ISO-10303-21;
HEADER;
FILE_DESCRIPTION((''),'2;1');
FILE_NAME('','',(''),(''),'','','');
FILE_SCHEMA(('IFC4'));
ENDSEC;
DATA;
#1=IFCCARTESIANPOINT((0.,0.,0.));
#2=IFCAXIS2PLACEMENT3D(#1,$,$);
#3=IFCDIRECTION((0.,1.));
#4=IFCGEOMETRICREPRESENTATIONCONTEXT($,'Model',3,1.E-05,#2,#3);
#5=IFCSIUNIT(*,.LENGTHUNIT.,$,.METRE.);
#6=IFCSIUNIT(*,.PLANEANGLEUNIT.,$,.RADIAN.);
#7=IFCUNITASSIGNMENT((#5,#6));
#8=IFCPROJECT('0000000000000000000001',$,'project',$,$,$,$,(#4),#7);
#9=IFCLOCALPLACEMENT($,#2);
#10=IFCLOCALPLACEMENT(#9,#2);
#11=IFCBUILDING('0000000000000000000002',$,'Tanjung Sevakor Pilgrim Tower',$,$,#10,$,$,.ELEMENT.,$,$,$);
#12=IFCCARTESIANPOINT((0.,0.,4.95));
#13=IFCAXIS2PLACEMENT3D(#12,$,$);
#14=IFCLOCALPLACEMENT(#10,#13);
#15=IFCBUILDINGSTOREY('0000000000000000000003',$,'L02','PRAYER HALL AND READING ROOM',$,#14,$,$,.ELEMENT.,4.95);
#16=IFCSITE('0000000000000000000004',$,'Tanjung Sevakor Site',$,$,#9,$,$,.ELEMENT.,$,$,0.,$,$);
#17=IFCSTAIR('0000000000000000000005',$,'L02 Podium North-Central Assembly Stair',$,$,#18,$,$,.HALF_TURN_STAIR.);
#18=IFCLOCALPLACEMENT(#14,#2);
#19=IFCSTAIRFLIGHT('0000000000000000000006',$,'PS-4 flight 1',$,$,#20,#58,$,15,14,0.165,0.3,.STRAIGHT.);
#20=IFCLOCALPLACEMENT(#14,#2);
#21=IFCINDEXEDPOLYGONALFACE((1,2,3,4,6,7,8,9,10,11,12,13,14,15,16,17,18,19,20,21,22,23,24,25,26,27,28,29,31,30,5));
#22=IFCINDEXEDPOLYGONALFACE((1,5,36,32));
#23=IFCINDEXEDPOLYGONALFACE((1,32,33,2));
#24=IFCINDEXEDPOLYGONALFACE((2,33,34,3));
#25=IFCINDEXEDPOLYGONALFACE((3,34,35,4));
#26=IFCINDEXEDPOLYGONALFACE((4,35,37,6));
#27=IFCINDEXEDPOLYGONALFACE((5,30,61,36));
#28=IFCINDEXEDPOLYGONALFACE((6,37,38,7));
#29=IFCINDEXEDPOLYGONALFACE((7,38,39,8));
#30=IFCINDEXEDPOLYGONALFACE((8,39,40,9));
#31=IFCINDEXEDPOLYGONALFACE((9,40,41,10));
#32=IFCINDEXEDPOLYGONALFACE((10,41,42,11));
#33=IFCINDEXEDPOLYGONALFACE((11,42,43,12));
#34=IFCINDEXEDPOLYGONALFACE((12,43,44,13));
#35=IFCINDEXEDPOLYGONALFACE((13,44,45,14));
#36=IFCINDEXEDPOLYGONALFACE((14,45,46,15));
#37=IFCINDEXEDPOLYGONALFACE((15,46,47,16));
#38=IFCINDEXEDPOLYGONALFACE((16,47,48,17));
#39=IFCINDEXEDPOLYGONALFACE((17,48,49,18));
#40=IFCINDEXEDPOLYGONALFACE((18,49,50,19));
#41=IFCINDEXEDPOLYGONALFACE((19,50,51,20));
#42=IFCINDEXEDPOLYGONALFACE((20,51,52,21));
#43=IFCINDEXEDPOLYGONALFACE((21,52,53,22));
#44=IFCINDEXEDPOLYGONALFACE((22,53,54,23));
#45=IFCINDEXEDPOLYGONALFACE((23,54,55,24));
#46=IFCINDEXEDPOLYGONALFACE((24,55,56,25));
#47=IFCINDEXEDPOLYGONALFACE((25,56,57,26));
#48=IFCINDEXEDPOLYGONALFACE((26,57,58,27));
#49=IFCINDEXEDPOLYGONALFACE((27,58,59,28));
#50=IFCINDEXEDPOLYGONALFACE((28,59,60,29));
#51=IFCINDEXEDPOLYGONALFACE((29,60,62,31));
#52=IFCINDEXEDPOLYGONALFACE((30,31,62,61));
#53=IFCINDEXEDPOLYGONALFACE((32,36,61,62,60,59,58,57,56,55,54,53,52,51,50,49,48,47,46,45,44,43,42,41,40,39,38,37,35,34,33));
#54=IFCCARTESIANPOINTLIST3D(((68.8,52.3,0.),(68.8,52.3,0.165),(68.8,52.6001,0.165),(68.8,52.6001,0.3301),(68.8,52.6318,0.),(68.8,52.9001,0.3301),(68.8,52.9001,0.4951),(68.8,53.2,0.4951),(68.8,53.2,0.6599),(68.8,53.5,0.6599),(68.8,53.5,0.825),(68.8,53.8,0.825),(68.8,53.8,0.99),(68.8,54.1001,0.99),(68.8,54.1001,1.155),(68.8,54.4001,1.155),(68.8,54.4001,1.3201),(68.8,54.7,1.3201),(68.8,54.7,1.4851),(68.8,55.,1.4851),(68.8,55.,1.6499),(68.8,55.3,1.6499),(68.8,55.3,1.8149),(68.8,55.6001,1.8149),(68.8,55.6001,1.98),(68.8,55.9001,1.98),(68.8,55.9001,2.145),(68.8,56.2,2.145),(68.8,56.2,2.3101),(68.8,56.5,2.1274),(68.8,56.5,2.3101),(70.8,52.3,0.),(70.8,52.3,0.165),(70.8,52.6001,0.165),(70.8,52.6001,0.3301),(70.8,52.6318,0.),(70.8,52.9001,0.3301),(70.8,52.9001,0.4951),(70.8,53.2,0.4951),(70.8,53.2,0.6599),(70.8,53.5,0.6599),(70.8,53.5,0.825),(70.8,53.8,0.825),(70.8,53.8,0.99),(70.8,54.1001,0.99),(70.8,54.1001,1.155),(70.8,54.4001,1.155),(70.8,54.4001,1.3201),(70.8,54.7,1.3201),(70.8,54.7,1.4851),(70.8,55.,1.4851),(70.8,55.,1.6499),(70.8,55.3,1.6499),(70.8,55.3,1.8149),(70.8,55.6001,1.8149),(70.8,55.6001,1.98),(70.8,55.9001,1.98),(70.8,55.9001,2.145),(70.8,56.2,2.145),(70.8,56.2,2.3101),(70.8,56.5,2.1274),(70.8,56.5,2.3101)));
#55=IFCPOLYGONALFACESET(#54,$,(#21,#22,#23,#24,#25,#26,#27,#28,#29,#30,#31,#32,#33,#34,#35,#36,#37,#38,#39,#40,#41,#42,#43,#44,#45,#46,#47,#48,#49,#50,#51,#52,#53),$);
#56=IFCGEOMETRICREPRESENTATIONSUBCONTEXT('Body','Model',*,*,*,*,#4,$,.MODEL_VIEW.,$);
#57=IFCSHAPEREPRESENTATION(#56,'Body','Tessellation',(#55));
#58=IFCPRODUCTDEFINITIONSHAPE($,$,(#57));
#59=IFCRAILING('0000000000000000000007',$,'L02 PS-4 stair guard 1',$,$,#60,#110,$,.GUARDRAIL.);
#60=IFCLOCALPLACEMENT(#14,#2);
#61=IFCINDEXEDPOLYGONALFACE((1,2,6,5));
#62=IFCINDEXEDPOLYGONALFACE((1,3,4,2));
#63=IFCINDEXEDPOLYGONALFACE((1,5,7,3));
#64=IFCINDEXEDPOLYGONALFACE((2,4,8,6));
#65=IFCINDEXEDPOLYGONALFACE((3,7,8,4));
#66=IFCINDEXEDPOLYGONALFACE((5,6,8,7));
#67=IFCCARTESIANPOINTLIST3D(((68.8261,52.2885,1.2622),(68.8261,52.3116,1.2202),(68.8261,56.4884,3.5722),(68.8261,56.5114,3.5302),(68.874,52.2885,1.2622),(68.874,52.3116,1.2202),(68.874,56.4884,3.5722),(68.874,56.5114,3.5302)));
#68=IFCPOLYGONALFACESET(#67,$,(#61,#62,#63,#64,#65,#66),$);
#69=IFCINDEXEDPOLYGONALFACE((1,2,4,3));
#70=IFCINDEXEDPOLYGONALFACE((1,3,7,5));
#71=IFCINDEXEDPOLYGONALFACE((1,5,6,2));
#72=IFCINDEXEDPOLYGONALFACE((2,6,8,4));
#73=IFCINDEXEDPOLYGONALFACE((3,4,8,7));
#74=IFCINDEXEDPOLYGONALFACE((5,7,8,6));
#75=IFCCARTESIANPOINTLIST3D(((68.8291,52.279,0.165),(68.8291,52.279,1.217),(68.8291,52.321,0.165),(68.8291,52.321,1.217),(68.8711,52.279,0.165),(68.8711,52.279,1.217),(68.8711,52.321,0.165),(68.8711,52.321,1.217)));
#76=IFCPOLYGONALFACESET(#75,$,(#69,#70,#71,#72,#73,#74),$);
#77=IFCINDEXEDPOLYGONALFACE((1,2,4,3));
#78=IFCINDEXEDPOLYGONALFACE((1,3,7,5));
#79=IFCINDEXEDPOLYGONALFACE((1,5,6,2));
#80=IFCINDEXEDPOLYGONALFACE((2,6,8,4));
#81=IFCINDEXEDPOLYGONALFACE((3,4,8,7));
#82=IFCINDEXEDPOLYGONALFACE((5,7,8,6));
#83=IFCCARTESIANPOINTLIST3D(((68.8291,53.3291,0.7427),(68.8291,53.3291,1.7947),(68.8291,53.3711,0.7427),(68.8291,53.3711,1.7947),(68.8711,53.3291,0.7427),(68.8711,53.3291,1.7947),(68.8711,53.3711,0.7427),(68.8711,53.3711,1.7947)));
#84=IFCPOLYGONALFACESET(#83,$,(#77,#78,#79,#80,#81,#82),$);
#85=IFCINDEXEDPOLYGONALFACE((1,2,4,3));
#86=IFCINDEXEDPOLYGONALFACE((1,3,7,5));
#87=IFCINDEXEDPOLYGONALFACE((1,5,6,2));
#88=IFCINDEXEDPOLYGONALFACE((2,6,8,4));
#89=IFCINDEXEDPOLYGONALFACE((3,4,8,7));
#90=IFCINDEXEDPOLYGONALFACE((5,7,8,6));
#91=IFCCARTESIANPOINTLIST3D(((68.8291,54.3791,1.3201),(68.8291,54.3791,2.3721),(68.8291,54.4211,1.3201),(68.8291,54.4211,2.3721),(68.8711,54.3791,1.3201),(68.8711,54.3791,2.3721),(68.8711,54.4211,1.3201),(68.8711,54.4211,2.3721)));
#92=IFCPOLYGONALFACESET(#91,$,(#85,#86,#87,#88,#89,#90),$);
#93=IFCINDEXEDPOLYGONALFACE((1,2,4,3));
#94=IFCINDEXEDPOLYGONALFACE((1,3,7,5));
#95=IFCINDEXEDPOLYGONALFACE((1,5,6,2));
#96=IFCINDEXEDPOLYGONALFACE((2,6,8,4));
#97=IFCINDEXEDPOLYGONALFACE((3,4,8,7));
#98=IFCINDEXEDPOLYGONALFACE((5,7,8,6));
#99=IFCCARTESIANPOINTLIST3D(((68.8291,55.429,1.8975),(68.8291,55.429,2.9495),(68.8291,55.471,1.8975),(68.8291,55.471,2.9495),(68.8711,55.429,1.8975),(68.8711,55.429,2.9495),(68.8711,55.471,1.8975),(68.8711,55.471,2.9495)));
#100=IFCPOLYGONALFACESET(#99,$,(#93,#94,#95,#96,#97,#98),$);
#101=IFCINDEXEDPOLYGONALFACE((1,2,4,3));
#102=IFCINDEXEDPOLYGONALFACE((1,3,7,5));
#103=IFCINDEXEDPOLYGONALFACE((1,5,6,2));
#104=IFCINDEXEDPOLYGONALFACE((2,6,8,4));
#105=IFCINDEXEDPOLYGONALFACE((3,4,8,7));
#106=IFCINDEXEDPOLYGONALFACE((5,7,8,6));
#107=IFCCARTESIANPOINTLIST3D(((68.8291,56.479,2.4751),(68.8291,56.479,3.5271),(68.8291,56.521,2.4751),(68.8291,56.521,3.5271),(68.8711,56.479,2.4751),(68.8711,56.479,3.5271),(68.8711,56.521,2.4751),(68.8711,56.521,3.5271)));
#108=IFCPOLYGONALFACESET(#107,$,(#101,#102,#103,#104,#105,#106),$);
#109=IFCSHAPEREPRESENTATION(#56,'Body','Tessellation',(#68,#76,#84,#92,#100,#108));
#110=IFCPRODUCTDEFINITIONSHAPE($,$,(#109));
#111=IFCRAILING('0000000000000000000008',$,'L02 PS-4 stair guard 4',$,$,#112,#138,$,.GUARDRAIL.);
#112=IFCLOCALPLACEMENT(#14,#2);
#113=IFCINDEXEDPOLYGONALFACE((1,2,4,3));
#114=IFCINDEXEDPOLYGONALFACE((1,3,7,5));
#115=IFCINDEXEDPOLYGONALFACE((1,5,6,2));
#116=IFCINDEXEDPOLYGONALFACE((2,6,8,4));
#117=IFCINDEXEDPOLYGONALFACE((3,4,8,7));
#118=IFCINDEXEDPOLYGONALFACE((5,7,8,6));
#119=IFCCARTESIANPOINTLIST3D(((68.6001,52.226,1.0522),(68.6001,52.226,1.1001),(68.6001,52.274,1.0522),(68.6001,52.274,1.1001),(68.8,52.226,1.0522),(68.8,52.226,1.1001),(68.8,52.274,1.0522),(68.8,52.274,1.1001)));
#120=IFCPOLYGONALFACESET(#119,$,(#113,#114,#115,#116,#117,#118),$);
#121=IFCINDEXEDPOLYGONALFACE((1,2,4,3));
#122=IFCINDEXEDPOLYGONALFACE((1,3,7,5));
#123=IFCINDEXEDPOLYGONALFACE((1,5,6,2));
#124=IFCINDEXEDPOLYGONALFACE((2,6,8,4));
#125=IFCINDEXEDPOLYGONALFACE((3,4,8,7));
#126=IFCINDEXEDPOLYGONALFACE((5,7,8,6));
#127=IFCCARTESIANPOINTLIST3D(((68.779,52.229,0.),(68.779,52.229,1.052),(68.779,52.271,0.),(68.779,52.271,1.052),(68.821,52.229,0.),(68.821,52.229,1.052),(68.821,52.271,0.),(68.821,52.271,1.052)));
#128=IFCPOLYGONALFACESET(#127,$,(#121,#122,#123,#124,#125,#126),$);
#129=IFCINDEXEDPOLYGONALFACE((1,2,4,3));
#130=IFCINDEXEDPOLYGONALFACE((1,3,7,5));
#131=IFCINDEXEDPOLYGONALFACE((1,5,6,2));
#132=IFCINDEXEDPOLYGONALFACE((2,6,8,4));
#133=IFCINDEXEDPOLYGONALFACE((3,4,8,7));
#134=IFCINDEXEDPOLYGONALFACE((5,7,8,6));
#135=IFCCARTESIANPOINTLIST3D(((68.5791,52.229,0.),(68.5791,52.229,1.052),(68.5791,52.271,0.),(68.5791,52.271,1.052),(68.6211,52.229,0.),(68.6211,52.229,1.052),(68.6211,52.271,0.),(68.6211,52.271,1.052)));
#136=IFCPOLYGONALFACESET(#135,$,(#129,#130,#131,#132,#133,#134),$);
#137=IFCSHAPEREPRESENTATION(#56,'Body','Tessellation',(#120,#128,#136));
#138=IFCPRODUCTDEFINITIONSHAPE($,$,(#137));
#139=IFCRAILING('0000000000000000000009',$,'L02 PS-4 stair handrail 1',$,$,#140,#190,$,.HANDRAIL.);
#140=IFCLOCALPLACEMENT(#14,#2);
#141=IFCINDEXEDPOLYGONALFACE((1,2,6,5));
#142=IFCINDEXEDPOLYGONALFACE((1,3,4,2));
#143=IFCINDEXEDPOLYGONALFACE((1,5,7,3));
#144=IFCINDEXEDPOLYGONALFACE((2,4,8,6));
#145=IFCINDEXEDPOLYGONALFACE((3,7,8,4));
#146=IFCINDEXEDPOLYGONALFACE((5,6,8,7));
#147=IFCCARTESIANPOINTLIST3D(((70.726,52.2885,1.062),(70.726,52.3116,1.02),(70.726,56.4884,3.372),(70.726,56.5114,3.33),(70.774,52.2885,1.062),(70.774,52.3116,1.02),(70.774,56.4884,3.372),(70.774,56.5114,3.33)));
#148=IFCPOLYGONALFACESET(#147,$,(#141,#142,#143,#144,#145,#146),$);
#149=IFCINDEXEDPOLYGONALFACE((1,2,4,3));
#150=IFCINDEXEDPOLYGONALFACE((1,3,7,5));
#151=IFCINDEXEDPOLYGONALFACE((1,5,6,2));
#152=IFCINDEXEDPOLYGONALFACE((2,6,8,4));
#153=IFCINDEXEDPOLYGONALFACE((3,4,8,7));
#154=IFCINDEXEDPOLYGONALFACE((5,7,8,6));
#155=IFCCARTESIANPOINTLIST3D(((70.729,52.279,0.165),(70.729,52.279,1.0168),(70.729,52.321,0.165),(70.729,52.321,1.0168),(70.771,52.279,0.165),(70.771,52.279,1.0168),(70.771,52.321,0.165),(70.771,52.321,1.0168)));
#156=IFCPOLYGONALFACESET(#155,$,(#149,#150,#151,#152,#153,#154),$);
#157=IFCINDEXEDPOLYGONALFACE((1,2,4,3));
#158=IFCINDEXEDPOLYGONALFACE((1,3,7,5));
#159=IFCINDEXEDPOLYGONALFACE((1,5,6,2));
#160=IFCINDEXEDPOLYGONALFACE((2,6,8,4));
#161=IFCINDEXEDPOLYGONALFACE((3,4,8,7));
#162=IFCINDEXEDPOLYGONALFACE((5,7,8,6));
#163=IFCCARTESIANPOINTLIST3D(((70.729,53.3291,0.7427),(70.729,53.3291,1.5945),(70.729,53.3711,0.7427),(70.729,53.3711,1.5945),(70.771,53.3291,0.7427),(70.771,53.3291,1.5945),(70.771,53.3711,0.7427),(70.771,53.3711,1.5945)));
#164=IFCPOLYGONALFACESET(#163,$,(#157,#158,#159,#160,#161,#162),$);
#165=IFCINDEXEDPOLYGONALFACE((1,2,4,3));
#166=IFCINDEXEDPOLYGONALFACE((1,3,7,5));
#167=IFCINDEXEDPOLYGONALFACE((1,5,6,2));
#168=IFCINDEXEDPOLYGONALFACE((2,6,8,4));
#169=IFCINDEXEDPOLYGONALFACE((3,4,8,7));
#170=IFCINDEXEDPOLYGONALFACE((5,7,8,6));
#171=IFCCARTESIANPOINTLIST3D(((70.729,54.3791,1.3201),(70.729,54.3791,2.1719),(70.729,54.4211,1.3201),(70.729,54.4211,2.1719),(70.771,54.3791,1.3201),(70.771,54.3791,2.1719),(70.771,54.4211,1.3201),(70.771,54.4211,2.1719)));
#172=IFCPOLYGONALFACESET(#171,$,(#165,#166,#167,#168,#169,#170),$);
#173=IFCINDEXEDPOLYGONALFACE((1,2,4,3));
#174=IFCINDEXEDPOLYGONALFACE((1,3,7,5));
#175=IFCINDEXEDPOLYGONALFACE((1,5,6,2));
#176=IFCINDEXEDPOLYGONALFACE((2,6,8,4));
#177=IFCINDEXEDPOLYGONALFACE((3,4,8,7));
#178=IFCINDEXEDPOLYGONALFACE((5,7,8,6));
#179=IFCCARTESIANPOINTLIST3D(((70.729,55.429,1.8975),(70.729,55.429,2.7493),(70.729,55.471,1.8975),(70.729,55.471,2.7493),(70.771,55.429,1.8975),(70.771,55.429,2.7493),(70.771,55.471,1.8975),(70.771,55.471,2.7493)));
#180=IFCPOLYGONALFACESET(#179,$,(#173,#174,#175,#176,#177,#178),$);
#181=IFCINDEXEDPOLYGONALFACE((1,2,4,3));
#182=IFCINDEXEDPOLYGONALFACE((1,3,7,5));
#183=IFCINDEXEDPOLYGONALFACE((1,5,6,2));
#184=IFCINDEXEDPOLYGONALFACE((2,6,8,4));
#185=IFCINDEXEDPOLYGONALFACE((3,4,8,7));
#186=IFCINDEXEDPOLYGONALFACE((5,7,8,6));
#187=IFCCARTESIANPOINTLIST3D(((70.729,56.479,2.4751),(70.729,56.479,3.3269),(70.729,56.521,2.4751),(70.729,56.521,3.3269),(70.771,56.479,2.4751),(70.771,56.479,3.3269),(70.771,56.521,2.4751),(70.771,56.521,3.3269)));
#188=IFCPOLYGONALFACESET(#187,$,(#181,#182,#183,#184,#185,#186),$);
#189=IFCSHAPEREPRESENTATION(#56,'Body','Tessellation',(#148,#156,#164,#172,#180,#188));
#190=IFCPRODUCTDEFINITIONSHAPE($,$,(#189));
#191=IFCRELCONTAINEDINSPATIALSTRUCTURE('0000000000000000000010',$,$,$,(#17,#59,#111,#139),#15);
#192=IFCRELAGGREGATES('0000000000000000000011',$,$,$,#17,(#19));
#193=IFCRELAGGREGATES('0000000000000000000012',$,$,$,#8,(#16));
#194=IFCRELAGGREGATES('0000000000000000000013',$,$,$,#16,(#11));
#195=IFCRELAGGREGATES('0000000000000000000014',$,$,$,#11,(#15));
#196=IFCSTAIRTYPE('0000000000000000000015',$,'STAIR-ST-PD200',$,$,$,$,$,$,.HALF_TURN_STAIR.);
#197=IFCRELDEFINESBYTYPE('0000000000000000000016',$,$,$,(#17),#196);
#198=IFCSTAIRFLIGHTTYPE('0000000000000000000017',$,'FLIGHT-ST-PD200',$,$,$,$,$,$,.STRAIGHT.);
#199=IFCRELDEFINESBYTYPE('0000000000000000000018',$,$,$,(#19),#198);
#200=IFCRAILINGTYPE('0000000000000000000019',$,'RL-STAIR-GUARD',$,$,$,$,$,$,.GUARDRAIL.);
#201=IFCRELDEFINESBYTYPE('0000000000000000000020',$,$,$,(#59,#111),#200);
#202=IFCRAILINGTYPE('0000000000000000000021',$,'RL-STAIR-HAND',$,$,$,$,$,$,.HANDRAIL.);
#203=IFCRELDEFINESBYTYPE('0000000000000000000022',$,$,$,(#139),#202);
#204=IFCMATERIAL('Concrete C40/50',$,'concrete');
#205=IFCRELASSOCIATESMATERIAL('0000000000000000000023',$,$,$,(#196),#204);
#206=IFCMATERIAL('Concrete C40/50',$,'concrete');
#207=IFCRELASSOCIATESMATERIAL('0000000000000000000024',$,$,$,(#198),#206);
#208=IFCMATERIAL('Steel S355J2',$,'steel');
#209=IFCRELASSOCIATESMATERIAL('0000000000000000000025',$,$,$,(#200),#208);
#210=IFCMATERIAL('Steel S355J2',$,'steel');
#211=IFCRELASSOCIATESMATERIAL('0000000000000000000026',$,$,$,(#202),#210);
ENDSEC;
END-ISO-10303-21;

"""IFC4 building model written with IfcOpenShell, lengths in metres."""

from ifc_helpers import new_model, si_unit, direction, frame, origin, place, context, subcontext, project, spatial, polyline, rectangle, outline, extrude, material, type_object, element, aggregate, save


model = new_model("IFC4")

# Units and contexts
model_context = context("Model", 3, precision=1e-05, world=origin(), true_north=direction((0.0, 1.0)))
body_context = subcontext(model_context, "Body", "Model", "MODEL_VIEW")
ifc_project = project(units=[si_unit("LENGTHUNIT", "METRE"), si_unit("PLANEANGLEUNIT", "RADIAN")], contexts=[model_context])

# Site, building, storey
site_placement = place(None, origin())
site = spatial("IfcSite", under=ifc_project, at=site_placement, Name="Tanjung Sevakor Site", CompositionType="ELEMENT", RefElevation=0.0)
building_placement = place(site_placement, origin())
building = spatial("IfcBuilding", under=site, at=building_placement, Name="Tanjung Sevakor Pilgrim Tower", CompositionType="ELEMENT")
storey_placement = place(building_placement, frame((0.0, 0.0, 4.95)))
storey = spatial("IfcBuildingStorey", under=building, at=storey_placement, Name="L02", Description="PRAYER HALL AND READING ROOM", CompositionType="ELEMENT", Elevation=4.95)

# Stair, stair flight
ifc_material_1 = material(Name="Concrete C40/50", Category="concrete")
stair_type = type_object("IfcStairType", Name="STAIR-ST-PD200", PredefinedType="HALF_TURN_STAIR", material=ifc_material_1)
stair_placement = place(storey_placement, origin())
stair = element("IfcStair", 1, at=stair_placement, inside=storey, type_object=stair_type, Name="L02 Podium North-Central Assembly Stair", PredefinedType="HALF_TURN_STAIR")
ifc_material_2 = material(Name="Concrete C40/50", Category="concrete")
stair_flight_type = type_object("IfcStairFlightType", Name="FLIGHT-ST-PD200", PredefinedType="STRAIGHT", material=ifc_material_2)
stair_flight_placement = place(storey_placement, frame((69.8, 52.3, 0.0), z_axis=(0.0, 0.0, 1.0), x_axis=(0.0, 1.0, 0.0)))
stair_flight = element("IfcStairFlight", 2, at=stair_flight_placement, type_object=stair_flight_type, Name="PS-4 flight 1", NumberOfRisers=15, NumberOfTreads=14, PredefinedType="STRAIGHT", RiserHeight=0.165, TreadLength=0.3, context=body_context, shape_type="SweptSolid", body=[
    extrude(outline(polyline([(0.0, 0.0), (0.0, 0.165), (0.3, 0.165), (0.3, 0.3301), (0.6001, 0.3301), (0.6001, 0.4951), (0.8999, 0.4951), (0.8999, 0.6599), (1.2, 0.6599), (1.2, 0.825), (1.5, 0.825), (1.5, 0.99), (1.8, 0.99), (1.8, 1.155), (2.1001, 1.155), (2.1001, 1.3201), (2.3999, 1.3201), (2.3999, 1.4851), (2.7, 1.4851), (2.7, 1.6499), (3.0, 1.6499), (3.0, 1.8149), (3.3, 1.8149), (3.3, 1.98), (3.6001, 1.98), (3.6001, 2.145), (3.8999, 2.145), (3.8999, 2.3101), (4.2, 2.3101), (4.2, 2.4751), (4.2, 2.1274), (0.3318, 0.0), (0.0, 0.0)])), frame((0.0, 1.0, 0.0), z_axis=(0.0, -1.0, 0.0), x_axis=(1.0, 0.0, 0.0)), (0.0, 0.0, 1.0), 2.0),
])
aggregate(stair, [stair_flight])

# Railings
ifc_material_3 = material(Name="Steel S355J2", Category="steel")
railing_type_1 = type_object("IfcRailingType", Name="RL-STAIR-GUARD", PredefinedType="GUARDRAIL", material=ifc_material_3)
railing_1_placement = place(storey_placement, frame((68.8501, 52.3, 0.165)))
element("IfcRailing", 3, at=railing_1_placement, inside=storey, type_object=railing_type_1, Name="L02 PS-4 stair guard 1", PredefinedType="GUARDRAIL", context=body_context, shape_type="SweptSolid", body=[
    extrude(rectangle(XDim=0.0479, YDim=0.0479), frame((0.0, 0.0, 1.0762), z_axis=(0.0, 0.876208, 0.481932), x_axis=(-1.0, 0.0, 0.0)), (0.0, 0.0, 1.0), 4.7932),
    extrude(rectangle(XDim=0.042, YDim=0.042), origin(), (0.0, 0.0, 1.0), 1.052),
    extrude(rectangle(XDim=0.042, YDim=0.042), frame((0.0, 1.05, 0.5776)), (0.0, 0.0, 1.0), 1.052),
    extrude(rectangle(XDim=0.042, YDim=0.042), frame((0.0, 2.1001, 1.155)), (0.0, 0.0, 1.0), 1.052),
    extrude(rectangle(XDim=0.042, YDim=0.042), frame((0.0, 3.1499, 1.7324)), (0.0, 0.0, 1.0), 1.052),
    extrude(rectangle(XDim=0.042, YDim=0.042), frame((0.0, 4.2, 2.3101)), (0.0, 0.0, 1.0), 1.052),
])
railing_2_placement = place(storey_placement, frame((68.8, 52.25, 0.0)))
element("IfcRailing", 4, at=railing_2_placement, inside=storey, type_object=railing_type_1, Name="L02 PS-4 stair guard 4", PredefinedType="GUARDRAIL", context=body_context, shape_type="SweptSolid", body=[
    extrude(rectangle(XDim=0.0479, YDim=0.0479), frame((0.0, 0.0, 1.0762), z_axis=(-1.0, 0.0, 0.0), x_axis=(0.0, -1.0, 0.0)), (0.0, 0.0, 1.0), 0.2),
    extrude(rectangle(XDim=0.042, YDim=0.042), origin(), (0.0, 0.0, 1.0), 1.052),
    extrude(rectangle(XDim=0.042, YDim=0.042), frame((-0.2, 0.0, 0.0)), (0.0, 0.0, 1.0), 1.052),
])
ifc_material_4 = material(Name="Steel S355J2", Category="steel")
railing_type_2 = type_object("IfcRailingType", Name="RL-STAIR-HAND", PredefinedType="HANDRAIL", material=ifc_material_4)
railing_3_placement = place(storey_placement, frame((70.75, 52.3, 0.165)))
element("IfcRailing", 5, at=railing_3_placement, inside=storey, type_object=railing_type_2, Name="L02 PS-4 stair handrail 1", PredefinedType="HANDRAIL", context=body_context, shape_type="SweptSolid", body=[
    extrude(rectangle(XDim=0.0479, YDim=0.0479), frame((0.0, 0.0, 0.876), z_axis=(0.0, 0.876208, 0.481932), x_axis=(-1.0, 0.0, 0.0)), (0.0, 0.0, 1.0), 4.7932),
    extrude(rectangle(XDim=0.042, YDim=0.042), origin(), (0.0, 0.0, 1.0), 0.8518),
    extrude(rectangle(XDim=0.042, YDim=0.042), frame((0.0, 1.05, 0.5776)), (0.0, 0.0, 1.0), 0.8518),
    extrude(rectangle(XDim=0.042, YDim=0.042), frame((0.0, 2.1001, 1.155)), (0.0, 0.0, 1.0), 0.8518),
    extrude(rectangle(XDim=0.042, YDim=0.042), frame((0.0, 3.1499, 1.7324)), (0.0, 0.0, 1.0), 0.8518),
    extrude(rectangle(XDim=0.042, YDim=0.042), frame((0.0, 4.2, 2.3101)), (0.0, 0.0, 1.0), 0.8518),
])

save(model, "model.ifc")
